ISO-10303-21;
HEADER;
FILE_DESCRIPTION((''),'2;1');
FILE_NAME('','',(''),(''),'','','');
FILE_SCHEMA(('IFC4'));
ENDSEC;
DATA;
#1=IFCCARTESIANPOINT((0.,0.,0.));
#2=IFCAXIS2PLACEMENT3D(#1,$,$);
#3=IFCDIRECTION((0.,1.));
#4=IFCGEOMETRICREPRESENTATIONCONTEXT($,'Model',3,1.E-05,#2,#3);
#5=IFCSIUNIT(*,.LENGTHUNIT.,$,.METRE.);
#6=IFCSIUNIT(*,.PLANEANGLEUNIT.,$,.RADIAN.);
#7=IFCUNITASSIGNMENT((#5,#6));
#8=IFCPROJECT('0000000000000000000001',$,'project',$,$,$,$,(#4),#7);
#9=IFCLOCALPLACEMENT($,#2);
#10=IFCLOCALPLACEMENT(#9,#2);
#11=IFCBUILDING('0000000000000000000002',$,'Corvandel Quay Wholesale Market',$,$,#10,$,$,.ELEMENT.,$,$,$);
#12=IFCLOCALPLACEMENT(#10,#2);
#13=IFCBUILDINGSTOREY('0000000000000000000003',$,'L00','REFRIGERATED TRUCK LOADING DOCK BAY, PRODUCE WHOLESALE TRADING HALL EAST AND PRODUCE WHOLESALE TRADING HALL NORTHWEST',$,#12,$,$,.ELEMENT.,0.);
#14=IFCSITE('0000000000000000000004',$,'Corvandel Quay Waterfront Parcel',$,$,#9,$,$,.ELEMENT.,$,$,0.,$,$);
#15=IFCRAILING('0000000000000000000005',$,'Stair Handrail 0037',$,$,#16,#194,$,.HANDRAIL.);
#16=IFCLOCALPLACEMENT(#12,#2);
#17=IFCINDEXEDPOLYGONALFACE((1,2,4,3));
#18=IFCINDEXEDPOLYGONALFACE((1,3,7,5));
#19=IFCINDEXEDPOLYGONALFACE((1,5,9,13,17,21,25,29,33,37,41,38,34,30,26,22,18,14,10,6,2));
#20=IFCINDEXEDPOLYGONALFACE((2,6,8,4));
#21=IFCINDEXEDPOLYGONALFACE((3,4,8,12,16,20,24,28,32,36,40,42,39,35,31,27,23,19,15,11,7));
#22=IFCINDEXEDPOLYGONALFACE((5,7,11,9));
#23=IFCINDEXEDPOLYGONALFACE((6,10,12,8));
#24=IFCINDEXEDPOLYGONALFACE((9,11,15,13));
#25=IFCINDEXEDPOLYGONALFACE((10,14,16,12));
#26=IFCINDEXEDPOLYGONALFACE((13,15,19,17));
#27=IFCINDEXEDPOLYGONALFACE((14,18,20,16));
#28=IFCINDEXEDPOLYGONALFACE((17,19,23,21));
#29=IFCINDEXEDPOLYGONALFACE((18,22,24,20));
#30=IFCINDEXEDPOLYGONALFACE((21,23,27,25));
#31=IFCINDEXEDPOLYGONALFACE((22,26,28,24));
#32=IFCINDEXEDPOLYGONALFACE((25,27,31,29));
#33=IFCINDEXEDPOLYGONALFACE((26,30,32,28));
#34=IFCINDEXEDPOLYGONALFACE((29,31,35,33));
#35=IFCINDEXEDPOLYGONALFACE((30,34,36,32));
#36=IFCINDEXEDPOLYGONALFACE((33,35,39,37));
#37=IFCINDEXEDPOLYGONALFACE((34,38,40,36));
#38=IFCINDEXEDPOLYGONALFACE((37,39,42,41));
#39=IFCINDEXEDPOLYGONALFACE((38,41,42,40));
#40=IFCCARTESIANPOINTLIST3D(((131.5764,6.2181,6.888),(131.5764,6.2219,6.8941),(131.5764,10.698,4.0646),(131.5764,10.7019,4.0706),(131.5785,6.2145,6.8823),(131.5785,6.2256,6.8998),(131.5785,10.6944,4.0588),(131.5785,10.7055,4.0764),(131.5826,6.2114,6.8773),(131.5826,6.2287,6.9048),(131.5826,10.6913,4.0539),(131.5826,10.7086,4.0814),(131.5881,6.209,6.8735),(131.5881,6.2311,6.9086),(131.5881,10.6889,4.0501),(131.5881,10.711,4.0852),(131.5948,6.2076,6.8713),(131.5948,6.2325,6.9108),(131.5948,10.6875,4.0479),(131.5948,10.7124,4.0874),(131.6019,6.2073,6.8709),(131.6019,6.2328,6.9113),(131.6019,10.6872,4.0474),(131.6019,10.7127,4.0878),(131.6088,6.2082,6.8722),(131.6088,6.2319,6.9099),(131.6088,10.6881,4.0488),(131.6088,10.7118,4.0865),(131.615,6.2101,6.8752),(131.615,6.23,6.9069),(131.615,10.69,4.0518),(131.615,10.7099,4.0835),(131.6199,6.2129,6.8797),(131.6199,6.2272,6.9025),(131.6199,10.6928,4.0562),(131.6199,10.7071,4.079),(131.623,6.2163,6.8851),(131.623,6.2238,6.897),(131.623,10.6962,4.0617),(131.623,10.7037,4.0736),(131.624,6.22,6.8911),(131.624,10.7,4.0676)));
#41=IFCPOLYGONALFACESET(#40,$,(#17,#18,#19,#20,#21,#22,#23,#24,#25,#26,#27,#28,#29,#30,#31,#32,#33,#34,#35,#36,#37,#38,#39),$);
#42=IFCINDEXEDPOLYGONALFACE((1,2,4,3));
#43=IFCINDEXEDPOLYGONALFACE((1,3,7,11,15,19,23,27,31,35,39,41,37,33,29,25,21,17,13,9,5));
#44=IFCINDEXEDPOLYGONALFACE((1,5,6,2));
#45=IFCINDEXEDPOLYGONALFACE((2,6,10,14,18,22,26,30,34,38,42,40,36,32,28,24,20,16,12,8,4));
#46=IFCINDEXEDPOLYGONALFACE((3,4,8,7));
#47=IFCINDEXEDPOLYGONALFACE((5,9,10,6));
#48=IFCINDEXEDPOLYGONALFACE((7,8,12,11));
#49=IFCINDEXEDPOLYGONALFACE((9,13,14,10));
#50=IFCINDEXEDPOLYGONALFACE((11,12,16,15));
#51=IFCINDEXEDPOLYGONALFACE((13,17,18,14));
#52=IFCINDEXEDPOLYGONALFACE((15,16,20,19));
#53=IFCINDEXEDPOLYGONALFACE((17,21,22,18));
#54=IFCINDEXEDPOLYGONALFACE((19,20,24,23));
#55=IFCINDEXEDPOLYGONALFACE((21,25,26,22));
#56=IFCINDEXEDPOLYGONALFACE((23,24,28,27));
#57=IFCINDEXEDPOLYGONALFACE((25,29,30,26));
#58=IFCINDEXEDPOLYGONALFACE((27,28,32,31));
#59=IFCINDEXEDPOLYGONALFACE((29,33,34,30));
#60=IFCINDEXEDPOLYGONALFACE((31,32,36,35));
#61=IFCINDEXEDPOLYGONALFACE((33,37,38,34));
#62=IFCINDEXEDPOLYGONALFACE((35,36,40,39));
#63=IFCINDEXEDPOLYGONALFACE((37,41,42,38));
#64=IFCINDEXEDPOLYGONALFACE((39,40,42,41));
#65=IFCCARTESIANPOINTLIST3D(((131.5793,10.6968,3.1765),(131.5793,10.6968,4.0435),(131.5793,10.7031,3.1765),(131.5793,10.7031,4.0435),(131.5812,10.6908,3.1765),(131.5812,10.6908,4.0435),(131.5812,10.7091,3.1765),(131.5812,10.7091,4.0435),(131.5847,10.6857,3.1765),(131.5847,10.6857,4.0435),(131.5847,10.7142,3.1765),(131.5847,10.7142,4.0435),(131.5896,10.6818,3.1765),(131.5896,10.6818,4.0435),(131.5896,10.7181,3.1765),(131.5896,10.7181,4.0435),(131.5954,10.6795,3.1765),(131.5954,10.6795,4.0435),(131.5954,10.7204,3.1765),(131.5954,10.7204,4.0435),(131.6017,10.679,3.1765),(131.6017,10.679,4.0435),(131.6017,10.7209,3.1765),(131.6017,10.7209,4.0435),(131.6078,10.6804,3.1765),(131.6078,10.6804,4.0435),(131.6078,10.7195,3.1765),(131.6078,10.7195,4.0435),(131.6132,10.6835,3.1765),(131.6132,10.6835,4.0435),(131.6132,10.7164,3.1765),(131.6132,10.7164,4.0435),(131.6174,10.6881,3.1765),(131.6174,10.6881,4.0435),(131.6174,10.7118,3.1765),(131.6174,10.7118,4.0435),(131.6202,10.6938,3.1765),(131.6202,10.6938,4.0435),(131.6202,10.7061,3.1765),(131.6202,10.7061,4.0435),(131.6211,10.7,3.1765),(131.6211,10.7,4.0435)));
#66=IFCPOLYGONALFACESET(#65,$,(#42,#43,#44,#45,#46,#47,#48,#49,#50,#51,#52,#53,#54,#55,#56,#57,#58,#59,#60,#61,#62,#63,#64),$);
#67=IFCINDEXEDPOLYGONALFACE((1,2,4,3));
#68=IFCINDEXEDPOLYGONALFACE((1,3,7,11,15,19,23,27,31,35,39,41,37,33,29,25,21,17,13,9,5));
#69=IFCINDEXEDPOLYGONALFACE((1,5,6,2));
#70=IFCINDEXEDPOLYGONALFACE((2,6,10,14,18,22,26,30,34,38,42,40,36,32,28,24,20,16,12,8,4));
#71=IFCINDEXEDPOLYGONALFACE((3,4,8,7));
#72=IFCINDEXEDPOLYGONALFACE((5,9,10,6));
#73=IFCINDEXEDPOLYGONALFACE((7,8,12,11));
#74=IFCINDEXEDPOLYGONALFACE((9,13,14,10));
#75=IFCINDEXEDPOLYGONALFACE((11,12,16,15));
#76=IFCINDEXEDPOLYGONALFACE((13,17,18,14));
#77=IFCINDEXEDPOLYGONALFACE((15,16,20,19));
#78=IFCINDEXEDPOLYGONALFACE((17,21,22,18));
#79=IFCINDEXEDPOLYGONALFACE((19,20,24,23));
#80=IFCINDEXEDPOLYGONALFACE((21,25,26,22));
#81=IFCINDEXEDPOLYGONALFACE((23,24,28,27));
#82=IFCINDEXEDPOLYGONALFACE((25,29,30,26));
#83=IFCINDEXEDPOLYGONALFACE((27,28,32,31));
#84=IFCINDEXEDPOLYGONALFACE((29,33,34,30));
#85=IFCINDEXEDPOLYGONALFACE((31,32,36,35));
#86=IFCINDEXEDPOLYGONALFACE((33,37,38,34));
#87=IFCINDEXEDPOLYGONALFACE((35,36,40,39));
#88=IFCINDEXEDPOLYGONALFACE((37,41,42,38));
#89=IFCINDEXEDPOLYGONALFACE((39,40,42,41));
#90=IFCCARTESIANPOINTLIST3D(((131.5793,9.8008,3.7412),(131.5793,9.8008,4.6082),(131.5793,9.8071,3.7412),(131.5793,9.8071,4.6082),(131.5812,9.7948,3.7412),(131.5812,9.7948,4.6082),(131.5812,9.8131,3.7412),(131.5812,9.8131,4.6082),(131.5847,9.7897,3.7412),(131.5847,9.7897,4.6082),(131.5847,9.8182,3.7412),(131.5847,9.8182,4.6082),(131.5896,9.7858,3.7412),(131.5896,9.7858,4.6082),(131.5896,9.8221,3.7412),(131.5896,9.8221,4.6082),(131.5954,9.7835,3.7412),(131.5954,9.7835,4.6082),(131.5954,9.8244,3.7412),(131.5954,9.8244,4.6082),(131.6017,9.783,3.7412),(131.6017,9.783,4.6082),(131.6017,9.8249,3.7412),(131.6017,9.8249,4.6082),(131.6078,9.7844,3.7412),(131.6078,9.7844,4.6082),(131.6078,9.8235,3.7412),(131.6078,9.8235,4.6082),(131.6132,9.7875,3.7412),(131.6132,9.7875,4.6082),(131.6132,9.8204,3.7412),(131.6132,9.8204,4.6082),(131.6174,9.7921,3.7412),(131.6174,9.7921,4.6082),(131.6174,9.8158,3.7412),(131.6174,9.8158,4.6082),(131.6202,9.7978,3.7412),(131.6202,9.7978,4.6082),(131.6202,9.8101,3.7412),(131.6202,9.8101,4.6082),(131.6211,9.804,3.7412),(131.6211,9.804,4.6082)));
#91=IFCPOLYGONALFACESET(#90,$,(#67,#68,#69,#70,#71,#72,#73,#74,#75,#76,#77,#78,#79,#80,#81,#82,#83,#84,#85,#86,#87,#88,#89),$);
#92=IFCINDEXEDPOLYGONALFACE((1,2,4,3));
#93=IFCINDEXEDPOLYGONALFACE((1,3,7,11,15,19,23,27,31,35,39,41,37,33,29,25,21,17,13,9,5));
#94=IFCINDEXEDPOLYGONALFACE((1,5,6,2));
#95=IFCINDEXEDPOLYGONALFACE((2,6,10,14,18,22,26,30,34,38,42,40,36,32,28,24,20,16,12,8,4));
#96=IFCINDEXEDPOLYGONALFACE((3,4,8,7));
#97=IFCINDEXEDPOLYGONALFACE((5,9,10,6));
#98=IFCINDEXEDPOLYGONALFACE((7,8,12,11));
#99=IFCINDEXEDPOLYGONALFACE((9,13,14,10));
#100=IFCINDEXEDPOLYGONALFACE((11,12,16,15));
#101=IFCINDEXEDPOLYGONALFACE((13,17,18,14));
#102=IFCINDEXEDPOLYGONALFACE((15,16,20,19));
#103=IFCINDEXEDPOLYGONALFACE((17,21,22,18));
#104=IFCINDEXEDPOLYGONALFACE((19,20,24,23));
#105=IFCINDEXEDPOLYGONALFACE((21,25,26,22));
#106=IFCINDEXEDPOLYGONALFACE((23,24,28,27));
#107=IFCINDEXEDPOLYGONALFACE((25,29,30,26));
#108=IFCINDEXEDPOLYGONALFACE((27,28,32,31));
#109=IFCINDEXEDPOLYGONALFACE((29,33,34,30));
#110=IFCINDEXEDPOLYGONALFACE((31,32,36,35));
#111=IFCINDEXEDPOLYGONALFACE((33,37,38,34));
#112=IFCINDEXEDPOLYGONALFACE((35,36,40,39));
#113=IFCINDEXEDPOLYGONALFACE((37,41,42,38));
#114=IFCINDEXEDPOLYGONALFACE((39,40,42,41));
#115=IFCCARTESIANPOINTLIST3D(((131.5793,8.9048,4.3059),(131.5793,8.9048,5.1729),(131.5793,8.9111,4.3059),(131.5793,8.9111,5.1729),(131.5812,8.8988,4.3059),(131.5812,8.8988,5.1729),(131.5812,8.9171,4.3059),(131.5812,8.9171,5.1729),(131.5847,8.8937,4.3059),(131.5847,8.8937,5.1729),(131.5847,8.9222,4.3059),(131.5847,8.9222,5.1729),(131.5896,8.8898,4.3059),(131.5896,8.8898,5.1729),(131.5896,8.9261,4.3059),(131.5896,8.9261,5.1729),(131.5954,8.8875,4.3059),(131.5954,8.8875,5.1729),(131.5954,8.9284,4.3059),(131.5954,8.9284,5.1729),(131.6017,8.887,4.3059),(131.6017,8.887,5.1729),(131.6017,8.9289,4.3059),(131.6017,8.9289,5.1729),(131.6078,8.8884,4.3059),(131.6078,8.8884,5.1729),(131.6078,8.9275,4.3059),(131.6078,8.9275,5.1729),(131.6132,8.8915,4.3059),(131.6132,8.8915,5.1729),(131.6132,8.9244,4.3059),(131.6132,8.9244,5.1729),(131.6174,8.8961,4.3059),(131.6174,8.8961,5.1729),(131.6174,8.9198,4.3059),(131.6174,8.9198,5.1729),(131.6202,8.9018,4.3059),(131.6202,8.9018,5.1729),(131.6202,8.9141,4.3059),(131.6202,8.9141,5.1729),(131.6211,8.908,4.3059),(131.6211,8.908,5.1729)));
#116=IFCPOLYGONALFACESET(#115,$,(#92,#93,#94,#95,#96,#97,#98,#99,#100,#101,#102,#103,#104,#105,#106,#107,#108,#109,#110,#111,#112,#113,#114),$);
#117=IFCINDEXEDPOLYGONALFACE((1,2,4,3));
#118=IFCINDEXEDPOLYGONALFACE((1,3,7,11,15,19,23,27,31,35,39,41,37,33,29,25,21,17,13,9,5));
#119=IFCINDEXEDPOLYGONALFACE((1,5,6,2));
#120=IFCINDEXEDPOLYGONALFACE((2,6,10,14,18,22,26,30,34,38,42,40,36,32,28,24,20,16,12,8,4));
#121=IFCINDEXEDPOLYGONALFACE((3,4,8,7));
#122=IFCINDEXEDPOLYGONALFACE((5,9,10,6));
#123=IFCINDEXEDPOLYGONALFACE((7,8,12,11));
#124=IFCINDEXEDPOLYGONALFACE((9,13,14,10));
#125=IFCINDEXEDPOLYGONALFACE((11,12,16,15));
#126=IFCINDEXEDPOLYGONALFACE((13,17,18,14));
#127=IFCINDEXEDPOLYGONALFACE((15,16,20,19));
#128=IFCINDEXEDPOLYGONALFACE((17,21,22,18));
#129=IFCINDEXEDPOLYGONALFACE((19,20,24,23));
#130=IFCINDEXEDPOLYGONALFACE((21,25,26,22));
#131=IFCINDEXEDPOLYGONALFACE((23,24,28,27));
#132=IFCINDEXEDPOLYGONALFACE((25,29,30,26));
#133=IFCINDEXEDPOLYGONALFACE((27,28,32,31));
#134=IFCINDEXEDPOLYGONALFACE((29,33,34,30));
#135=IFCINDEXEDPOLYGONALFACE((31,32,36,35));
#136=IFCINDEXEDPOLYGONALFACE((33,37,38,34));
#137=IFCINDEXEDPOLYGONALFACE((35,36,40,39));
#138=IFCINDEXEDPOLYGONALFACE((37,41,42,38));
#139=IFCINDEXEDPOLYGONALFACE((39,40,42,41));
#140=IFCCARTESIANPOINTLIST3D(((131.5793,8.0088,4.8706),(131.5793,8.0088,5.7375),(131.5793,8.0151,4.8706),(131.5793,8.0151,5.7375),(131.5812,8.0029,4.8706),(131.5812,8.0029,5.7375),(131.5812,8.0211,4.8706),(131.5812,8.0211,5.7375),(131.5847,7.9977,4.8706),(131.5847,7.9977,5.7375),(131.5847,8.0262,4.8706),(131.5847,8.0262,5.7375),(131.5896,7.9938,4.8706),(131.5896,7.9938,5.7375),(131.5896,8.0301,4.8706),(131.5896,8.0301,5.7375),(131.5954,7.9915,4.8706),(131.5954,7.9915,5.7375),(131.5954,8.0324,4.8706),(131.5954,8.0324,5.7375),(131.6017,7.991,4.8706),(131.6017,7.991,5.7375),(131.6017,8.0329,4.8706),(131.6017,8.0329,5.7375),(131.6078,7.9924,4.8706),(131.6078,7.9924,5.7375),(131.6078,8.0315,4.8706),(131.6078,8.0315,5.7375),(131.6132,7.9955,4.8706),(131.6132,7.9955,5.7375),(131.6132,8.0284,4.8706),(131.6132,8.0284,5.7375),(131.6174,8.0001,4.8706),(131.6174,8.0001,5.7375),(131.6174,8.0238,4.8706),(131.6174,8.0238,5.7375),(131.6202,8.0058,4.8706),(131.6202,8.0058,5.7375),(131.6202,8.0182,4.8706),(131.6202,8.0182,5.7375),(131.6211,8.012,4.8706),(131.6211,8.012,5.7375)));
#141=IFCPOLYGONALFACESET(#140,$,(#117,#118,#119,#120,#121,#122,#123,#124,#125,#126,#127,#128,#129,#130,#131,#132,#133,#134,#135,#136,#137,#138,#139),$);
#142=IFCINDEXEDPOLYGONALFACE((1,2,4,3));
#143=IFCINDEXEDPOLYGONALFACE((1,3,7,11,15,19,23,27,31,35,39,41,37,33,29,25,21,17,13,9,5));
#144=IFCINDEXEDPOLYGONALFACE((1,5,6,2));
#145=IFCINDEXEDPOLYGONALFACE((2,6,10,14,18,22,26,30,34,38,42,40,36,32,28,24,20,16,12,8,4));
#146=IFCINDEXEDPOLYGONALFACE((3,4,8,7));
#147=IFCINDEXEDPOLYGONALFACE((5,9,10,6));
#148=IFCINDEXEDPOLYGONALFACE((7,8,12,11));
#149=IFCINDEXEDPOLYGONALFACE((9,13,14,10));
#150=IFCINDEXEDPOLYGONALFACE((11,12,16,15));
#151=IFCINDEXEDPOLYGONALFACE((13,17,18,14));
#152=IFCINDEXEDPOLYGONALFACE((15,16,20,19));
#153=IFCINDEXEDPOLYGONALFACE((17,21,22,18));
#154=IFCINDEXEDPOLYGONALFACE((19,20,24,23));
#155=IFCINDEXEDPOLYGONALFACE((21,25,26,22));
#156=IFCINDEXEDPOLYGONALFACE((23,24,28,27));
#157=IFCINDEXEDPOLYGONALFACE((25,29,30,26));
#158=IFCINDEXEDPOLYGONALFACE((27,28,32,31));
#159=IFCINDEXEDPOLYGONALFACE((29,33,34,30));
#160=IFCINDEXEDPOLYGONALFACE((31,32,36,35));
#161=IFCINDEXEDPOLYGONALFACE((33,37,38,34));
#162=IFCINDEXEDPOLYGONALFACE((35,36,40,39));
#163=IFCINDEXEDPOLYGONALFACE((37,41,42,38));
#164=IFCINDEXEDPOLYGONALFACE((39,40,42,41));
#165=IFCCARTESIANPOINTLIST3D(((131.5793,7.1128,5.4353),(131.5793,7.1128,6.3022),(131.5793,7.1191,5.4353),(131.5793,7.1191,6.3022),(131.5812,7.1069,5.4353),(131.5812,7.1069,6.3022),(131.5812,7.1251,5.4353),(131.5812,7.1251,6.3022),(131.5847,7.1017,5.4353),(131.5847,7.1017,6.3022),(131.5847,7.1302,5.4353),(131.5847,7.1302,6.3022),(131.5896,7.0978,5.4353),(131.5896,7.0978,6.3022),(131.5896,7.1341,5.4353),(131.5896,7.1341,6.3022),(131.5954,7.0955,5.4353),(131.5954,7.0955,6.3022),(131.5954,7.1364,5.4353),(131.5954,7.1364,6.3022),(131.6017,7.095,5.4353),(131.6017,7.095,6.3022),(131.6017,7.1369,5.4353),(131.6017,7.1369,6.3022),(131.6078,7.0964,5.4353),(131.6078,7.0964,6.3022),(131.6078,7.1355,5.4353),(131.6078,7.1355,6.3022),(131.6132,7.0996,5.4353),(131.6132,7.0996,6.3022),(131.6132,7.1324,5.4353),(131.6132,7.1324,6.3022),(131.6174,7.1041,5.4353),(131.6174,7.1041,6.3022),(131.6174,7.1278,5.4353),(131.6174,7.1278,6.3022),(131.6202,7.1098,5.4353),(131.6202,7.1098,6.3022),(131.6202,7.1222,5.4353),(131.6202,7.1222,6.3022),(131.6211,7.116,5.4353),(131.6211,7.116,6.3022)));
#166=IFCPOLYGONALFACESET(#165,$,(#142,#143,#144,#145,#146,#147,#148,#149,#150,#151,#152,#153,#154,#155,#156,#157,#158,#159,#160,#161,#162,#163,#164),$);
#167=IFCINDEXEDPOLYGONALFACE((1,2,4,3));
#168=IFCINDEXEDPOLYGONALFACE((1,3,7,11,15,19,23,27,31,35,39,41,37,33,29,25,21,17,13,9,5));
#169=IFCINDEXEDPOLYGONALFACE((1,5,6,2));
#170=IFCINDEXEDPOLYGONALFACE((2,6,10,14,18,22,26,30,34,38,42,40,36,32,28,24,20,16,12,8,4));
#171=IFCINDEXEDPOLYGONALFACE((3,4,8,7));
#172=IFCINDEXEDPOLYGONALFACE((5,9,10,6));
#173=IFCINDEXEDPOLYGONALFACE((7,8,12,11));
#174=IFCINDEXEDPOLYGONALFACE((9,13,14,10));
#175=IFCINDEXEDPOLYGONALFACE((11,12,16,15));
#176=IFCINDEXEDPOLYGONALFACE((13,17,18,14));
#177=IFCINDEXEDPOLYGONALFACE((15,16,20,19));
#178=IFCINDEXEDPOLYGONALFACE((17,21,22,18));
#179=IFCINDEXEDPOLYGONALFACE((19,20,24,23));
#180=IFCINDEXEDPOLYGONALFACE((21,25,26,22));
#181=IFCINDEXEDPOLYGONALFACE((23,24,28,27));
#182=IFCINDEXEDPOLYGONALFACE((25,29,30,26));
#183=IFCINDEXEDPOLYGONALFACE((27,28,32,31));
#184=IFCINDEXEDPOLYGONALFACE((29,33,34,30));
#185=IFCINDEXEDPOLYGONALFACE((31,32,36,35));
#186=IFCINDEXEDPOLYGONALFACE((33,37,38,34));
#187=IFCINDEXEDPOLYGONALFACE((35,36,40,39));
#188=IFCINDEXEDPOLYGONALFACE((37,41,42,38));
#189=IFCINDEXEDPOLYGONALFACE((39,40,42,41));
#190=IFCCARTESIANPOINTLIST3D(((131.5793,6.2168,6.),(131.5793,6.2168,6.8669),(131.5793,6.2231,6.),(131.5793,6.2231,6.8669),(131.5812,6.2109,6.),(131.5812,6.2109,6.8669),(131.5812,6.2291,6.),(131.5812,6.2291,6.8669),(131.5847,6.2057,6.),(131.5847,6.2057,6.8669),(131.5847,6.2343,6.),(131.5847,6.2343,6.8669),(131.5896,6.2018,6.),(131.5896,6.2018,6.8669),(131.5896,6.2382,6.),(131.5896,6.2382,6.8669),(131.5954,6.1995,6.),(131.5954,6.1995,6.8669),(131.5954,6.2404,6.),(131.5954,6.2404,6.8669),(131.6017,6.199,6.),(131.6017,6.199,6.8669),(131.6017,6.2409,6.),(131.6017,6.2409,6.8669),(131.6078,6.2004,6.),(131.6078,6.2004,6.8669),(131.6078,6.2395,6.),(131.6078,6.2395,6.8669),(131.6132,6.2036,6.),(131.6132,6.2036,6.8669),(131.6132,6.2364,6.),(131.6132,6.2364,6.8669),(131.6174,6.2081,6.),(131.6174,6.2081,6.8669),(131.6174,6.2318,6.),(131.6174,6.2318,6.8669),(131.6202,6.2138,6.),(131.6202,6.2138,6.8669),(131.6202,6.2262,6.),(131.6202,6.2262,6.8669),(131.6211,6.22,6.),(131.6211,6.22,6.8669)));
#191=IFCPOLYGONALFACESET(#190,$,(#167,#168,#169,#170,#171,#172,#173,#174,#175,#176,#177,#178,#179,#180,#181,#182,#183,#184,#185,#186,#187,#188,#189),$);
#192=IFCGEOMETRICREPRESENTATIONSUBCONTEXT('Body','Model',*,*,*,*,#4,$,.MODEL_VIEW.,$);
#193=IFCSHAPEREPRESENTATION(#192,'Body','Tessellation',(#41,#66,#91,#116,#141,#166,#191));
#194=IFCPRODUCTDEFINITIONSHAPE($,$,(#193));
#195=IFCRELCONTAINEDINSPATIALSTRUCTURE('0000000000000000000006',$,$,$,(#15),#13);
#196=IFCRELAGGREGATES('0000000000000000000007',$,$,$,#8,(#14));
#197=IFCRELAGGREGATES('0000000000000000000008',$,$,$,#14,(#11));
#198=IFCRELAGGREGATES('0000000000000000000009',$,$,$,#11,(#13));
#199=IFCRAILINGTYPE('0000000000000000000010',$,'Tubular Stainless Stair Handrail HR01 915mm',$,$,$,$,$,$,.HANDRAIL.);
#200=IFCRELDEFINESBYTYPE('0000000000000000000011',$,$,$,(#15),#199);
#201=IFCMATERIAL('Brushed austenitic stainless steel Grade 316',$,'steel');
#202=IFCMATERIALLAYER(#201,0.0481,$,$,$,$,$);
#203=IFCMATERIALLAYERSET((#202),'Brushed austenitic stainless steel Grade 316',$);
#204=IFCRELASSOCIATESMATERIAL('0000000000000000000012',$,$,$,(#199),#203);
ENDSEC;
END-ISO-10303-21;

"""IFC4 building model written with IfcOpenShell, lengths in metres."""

from ifc_helpers import new_model, si_unit, direction, frame, origin, origin_2d, place, context, subcontext, project, spatial, circle, extrude, material, layer, layer_set, type_object, element, save


model = new_model("IFC4")

# Units and contexts
model_context = context("Model", 3, precision=1e-05, world=origin(), true_north=direction((0.0, 1.0)))
body_context = subcontext(model_context, "Body", "Model", "MODEL_VIEW")
ifc_project = project(units=[si_unit("LENGTHUNIT", "METRE"), si_unit("PLANEANGLEUNIT", "RADIAN")], contexts=[model_context])

# Site, building, storey
site_placement = place(None, origin())
site = spatial("IfcSite", under=ifc_project, at=site_placement, Name="Corvandel Quay Waterfront Parcel", CompositionType="ELEMENT", RefElevation=0.0)
building_placement = place(site_placement, origin())
building = spatial("IfcBuilding", under=site, at=building_placement, Name="Corvandel Quay Wholesale Market", CompositionType="ELEMENT")
storey_placement = place(building_placement, origin())
storey = spatial("IfcBuildingStorey", under=building, at=storey_placement, Name="L00", Description="REFRIGERATED TRUCK LOADING DOCK BAY, PRODUCE WHOLESALE TRADING HALL EAST AND PRODUCE WHOLESALE TRADING HALL NORTHWEST", CompositionType="ELEMENT", Elevation=0.0)

# Railing
ifc_material_1 = material(Name="Brushed austenitic stainless steel Grade 316", Category="steel")
ifc_layer_1 = layer(ifc_material_1, 0.0481)
ifc_layer_set_1 = layer_set([ifc_layer_1], Name="Brushed austenitic stainless steel Grade 316")
railing_type_1 = type_object("IfcRailingType", Name="Tubular Stainless Stair Handrail HR01 915mm", PredefinedType="HANDRAIL", material=ifc_layer_set_1)
for number, where, name in (
    (1, (131.6001, 10.7, 3.1765), "Stair Handrail 0037"),
):
    element("IfcRailing", number, at=place(storey_placement, frame(where)), inside=storey, type_object=railing_type_1, Name=name, PredefinedType="HANDRAIL", context=body_context, shape_type="SweptSolid", body=[
        extrude(circle(Radius=0.0239, at=origin_2d()), frame((0.0, 0.0, 0.8911), z_axis=(0.0, -0.845998, 0.533186), x_axis=(1.0, 0.0, 0.0)), (0.0, 0.0, 1.0), 5.2954),
        extrude(circle(Radius=0.021, at=origin_2d()), origin(), (0.0, 0.0, 1.0), 0.8669),
        extrude(circle(Radius=0.021, at=origin_2d()), frame((0.0, -0.896, 0.5647)), (0.0, 0.0, 1.0), 0.8669),
        extrude(circle(Radius=0.021, at=origin_2d()), frame((0.0, -1.792, 1.1294)), (0.0, 0.0, 1.0), 0.8669),
        extrude(circle(Radius=0.021, at=origin_2d()), frame((0.0, -2.688, 1.6941)), (0.0, 0.0, 1.0), 0.8669),
        extrude(circle(Radius=0.021, at=origin_2d()), frame((0.0, -3.584, 2.2588)), (0.0, 0.0, 1.0), 0.8669),
        extrude(circle(Radius=0.021, at=origin_2d()), frame((0.0, -4.48, 2.8235)), (0.0, 0.0, 1.0), 0.8669),
    ])

save(model, "model.ifc")
